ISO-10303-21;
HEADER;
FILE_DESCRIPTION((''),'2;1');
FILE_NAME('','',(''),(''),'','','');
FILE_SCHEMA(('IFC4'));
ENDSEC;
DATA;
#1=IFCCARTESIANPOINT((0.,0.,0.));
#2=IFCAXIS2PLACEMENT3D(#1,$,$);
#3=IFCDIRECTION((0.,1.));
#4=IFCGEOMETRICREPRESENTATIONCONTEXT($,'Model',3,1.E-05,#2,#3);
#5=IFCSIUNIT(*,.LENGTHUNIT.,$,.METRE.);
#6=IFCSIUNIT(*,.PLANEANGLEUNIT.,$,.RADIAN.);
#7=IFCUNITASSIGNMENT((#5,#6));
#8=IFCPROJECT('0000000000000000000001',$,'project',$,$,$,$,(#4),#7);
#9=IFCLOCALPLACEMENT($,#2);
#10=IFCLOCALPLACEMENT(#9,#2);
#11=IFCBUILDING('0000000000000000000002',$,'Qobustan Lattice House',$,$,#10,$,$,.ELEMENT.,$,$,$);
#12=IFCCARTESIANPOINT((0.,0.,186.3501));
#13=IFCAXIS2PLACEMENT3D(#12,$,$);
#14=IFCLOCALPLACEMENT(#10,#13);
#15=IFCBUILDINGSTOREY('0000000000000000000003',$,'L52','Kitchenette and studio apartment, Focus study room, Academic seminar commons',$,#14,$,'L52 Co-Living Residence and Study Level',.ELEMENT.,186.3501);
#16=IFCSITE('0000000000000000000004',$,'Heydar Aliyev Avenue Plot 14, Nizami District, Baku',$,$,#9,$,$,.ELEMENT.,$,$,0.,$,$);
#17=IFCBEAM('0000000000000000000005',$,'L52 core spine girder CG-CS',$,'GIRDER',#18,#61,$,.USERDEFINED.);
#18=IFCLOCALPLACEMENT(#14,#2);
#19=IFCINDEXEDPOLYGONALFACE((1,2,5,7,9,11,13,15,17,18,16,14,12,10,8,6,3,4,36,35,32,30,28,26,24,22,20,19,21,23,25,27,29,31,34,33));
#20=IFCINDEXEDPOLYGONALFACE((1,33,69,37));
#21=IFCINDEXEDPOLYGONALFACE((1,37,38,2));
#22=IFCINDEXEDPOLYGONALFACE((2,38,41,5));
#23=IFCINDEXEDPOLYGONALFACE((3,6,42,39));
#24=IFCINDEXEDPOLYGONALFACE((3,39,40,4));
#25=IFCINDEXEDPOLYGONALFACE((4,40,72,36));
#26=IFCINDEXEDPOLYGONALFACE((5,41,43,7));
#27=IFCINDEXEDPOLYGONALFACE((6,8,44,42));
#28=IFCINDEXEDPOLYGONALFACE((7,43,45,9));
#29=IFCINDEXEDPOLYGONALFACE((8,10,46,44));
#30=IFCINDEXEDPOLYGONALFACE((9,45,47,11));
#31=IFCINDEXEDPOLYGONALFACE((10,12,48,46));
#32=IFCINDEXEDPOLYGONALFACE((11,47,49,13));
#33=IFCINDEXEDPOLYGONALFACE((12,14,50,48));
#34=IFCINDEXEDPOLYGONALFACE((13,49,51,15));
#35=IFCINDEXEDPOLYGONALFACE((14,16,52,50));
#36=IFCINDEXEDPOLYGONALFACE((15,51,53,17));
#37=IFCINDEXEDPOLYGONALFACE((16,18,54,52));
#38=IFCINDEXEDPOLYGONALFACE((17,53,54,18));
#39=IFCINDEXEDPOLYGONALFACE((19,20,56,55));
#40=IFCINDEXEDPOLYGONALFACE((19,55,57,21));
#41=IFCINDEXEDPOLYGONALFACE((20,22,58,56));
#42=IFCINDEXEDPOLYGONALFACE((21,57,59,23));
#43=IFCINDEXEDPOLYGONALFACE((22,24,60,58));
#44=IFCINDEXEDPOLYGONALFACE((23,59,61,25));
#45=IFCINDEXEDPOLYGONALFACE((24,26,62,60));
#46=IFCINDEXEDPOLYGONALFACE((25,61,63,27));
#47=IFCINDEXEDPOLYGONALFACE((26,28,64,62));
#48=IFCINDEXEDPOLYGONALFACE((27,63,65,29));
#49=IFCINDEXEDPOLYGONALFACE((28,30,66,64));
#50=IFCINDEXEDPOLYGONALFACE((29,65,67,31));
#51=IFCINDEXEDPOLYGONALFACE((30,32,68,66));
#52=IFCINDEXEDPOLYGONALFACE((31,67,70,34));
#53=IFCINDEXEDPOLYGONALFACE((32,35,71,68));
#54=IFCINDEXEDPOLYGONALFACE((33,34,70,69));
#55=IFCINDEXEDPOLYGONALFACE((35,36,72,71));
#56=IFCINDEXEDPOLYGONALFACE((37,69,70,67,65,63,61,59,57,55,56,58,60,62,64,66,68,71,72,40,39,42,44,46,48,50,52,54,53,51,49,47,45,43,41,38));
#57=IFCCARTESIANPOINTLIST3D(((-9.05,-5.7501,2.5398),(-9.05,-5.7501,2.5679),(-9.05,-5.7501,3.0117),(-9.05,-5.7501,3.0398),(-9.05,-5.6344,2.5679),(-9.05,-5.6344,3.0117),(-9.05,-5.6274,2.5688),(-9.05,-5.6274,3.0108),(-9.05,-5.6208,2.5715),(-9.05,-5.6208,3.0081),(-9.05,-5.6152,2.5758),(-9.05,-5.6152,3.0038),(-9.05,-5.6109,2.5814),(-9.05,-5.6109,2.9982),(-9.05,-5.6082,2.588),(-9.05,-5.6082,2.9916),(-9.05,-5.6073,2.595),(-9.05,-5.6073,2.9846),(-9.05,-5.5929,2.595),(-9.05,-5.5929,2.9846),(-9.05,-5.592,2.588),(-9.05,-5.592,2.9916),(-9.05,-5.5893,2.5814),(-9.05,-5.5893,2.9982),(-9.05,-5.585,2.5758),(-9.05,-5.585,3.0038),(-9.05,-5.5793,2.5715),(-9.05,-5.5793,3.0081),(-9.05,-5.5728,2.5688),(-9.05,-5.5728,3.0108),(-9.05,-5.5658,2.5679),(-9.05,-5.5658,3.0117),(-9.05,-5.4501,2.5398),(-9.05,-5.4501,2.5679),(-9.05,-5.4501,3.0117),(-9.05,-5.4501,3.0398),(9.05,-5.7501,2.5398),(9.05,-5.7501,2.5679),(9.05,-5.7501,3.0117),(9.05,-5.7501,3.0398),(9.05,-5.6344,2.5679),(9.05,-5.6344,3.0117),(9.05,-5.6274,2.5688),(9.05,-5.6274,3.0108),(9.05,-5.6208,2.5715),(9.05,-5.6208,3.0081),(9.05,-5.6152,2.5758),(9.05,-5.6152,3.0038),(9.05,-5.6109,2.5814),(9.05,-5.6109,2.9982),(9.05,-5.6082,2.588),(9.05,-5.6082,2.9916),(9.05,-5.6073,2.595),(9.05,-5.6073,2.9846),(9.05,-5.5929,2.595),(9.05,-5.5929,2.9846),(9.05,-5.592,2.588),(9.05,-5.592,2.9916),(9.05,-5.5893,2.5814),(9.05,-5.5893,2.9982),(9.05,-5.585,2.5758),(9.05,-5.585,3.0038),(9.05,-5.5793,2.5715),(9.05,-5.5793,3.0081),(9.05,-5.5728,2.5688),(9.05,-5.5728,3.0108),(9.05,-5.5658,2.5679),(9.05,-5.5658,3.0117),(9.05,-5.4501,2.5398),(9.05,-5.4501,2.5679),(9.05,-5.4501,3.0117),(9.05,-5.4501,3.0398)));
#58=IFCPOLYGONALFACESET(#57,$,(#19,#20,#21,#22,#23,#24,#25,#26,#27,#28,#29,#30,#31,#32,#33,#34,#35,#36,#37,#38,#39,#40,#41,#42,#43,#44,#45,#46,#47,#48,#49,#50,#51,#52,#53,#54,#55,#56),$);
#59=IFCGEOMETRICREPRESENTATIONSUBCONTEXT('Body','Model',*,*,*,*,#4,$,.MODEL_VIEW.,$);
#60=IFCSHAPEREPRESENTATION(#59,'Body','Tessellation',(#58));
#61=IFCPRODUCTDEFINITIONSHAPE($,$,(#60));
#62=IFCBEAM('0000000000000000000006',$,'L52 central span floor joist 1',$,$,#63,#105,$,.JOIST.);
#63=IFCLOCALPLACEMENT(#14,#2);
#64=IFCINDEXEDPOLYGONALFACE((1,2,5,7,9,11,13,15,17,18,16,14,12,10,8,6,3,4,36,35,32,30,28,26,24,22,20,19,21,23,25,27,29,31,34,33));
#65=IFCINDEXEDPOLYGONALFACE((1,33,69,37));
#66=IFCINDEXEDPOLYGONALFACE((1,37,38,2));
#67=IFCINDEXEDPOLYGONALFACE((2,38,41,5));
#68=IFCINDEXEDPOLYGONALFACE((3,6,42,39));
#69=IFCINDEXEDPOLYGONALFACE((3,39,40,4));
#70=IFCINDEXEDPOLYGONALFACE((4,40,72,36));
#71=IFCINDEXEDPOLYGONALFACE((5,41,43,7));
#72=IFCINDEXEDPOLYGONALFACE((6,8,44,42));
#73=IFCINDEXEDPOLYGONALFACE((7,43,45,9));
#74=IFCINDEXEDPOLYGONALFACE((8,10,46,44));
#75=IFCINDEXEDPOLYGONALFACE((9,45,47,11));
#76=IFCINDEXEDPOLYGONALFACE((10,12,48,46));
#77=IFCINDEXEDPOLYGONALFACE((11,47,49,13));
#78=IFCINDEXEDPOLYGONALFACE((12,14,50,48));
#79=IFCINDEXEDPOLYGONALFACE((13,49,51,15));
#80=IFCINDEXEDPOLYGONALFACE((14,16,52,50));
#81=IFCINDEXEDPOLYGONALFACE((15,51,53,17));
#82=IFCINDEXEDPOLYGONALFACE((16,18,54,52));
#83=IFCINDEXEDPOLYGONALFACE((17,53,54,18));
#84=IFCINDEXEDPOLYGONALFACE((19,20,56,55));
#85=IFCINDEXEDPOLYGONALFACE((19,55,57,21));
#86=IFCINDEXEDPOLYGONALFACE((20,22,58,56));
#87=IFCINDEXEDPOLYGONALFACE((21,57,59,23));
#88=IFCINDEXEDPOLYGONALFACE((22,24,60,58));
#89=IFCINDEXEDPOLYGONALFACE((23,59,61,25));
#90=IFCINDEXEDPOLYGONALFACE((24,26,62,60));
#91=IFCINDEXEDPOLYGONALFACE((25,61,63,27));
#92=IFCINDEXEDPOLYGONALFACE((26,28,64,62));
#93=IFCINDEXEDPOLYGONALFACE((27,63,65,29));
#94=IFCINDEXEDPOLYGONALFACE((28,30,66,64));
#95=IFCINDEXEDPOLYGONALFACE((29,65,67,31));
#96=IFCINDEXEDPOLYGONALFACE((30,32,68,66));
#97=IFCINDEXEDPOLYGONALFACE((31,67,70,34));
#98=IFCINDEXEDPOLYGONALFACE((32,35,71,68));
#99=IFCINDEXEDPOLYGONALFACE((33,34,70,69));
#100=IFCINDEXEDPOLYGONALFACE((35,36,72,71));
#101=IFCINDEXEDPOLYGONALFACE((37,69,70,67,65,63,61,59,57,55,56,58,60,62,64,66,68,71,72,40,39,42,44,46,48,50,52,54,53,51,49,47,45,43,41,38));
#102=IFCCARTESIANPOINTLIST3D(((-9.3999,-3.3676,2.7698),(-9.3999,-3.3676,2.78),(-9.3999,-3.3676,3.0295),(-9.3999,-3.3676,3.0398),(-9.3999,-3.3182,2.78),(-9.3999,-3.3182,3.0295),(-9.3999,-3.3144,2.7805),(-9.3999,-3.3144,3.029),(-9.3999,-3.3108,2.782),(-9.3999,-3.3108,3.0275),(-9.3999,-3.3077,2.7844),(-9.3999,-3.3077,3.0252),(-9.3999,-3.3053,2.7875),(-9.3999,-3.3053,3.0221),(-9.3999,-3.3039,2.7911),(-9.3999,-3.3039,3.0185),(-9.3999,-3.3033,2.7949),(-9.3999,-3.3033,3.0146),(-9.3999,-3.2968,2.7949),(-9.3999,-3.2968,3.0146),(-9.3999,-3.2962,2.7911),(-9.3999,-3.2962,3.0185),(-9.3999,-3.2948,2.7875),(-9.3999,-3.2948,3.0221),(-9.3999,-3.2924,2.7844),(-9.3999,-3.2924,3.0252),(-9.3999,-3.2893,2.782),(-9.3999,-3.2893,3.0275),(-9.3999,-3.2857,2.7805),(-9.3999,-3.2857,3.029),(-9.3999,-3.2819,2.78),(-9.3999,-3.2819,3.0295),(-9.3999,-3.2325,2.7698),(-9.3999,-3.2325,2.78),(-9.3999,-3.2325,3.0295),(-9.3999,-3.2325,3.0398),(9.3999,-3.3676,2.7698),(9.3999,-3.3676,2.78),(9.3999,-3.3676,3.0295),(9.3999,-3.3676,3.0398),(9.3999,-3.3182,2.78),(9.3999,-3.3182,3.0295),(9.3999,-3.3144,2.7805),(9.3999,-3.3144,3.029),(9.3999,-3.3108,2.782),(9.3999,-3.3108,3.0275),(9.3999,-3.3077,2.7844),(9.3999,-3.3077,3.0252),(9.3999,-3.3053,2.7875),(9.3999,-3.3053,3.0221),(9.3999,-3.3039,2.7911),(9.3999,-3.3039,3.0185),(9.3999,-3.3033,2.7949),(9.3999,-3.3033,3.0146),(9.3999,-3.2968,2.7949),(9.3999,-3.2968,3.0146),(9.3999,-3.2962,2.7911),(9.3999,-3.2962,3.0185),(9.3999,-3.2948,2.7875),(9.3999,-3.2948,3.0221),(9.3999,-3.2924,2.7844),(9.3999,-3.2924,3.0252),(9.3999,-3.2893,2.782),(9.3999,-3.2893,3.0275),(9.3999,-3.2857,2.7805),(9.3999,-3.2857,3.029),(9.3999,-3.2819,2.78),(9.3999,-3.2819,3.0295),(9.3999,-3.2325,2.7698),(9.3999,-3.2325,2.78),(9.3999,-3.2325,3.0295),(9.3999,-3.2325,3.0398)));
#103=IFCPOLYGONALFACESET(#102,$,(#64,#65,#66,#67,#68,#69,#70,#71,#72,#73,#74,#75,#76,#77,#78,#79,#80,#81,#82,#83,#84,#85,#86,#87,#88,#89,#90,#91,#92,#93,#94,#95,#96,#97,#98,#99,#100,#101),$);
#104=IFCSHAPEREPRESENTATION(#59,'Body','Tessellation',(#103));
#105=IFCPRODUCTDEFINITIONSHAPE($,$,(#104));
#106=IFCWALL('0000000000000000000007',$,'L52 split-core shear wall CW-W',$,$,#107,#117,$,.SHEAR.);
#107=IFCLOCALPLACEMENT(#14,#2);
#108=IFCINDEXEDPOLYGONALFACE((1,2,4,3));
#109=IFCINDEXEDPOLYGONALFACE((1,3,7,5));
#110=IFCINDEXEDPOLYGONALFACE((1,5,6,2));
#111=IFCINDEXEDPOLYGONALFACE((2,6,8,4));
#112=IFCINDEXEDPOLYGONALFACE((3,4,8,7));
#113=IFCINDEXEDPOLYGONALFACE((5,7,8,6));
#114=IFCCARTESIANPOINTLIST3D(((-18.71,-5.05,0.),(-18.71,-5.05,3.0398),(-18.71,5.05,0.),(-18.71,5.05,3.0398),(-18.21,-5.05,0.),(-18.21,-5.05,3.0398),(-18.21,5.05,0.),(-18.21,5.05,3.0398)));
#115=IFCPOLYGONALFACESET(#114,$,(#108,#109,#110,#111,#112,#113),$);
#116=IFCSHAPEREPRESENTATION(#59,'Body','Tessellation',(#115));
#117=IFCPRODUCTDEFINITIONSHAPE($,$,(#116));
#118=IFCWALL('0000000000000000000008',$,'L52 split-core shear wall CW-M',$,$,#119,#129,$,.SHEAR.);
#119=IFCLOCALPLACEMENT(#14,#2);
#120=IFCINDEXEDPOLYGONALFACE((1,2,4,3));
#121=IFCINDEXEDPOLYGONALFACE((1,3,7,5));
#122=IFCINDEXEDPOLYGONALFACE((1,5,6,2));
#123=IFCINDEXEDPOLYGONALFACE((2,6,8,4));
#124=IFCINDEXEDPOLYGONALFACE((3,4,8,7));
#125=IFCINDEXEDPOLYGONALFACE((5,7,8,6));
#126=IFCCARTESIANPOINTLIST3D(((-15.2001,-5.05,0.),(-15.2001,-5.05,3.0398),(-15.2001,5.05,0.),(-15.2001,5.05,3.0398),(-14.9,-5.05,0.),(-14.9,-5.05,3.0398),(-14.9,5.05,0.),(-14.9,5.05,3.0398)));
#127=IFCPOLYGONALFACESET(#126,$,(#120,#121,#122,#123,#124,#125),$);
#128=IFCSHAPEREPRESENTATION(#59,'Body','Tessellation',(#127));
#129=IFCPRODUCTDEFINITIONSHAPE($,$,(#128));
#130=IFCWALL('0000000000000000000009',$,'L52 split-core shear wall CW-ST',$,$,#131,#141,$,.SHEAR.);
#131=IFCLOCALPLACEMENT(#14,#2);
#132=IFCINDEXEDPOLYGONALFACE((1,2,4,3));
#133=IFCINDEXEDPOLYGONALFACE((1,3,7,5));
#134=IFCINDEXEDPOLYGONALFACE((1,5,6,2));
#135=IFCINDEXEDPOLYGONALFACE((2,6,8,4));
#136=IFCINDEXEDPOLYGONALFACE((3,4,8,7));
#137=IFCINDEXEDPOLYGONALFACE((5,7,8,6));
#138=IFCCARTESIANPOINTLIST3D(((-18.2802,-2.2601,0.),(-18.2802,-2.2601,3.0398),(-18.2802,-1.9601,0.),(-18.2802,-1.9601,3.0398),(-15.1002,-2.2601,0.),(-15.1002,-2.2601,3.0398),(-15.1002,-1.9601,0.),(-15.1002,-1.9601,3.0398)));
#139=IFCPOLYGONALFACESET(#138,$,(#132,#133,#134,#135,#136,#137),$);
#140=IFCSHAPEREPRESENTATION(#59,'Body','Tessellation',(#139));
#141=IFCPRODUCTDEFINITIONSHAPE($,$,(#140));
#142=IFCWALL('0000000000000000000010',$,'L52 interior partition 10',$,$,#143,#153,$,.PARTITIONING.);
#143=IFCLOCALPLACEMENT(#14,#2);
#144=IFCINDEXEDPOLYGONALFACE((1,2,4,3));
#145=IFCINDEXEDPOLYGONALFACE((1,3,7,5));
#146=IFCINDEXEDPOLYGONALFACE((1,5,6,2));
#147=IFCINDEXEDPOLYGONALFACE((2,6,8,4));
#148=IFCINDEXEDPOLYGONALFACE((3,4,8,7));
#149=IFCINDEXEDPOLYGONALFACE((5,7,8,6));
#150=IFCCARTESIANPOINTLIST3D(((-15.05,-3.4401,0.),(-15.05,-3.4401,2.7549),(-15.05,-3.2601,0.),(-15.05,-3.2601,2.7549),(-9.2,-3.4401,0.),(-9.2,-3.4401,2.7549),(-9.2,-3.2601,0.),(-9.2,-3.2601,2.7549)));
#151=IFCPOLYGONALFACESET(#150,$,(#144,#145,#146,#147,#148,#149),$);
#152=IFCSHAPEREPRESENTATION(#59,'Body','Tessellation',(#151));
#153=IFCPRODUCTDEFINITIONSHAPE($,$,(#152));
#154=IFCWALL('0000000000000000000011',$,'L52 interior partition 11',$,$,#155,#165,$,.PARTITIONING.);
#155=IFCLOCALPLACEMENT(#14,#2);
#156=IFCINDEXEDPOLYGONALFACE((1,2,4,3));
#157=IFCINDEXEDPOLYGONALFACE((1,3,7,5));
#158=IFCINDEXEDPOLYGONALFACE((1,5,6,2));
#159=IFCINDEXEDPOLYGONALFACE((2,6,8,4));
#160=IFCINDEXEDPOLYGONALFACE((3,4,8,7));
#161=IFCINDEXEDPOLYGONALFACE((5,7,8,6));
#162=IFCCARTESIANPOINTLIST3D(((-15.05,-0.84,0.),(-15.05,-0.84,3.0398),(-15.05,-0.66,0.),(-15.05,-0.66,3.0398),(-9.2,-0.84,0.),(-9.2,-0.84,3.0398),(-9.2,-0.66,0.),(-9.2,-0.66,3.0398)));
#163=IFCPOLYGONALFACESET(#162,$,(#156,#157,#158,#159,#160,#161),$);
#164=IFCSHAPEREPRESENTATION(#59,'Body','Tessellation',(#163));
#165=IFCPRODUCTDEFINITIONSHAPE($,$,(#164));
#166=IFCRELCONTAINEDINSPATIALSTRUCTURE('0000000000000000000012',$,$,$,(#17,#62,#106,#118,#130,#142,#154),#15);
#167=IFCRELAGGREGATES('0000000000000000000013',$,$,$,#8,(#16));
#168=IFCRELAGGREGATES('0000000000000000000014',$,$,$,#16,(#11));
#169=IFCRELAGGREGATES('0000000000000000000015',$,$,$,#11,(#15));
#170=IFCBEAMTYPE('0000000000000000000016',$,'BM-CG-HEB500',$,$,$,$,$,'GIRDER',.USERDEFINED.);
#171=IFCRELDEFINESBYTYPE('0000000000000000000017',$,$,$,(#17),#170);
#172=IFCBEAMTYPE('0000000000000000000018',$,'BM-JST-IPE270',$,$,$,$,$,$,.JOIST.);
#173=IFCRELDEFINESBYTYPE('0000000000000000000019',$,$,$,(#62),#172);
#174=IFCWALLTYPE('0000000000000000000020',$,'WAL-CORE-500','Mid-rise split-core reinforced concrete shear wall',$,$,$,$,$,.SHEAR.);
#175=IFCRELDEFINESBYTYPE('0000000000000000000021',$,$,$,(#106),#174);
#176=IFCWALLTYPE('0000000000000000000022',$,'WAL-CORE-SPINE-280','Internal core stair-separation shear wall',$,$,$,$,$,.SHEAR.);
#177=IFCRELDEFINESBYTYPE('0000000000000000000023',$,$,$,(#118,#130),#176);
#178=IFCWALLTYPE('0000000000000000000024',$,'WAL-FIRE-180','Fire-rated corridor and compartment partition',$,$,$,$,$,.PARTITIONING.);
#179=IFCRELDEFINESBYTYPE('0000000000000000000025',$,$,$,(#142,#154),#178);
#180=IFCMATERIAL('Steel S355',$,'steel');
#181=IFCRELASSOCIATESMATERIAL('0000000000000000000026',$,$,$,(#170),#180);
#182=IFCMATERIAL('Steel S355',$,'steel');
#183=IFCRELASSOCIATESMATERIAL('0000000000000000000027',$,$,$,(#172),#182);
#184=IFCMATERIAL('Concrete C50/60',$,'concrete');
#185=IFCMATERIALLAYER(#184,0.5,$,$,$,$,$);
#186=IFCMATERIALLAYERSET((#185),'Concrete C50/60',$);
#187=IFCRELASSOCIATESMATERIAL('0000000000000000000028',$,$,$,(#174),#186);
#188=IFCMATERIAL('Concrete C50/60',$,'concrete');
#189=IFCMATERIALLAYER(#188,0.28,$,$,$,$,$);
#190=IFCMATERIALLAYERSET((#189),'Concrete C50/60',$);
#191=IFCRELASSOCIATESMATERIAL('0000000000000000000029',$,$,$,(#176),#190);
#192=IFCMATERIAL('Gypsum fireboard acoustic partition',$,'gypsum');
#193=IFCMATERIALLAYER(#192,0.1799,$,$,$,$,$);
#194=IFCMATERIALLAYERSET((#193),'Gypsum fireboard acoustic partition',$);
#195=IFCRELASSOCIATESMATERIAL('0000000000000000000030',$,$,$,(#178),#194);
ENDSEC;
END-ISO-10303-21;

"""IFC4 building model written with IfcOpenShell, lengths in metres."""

from ifc_helpers import new_model, si_unit, direction, frame, frame_2d, origin, origin_2d, place, context, subcontext, project, spatial, rectangle, i_section, extrude, material, layer, layer_set, material_profile, profile_set, type_object, element, save


model = new_model("IFC4")

# Units and contexts
model_context = context("Model", 3, precision=1e-05, world=origin(), true_north=direction((0.0, 1.0)))
body_context = subcontext(model_context, "Body", "Model", "MODEL_VIEW")
ifc_project = project(units=[si_unit("LENGTHUNIT", "METRE"), si_unit("PLANEANGLEUNIT", "RADIAN")], contexts=[model_context])

# Site, building, storey
site_placement = place(None, origin())
site = spatial("IfcSite", under=ifc_project, at=site_placement, Name="Heydar Aliyev Avenue Plot 14, Nizami District, Baku", CompositionType="ELEMENT", RefElevation=0.0)
building_placement = place(site_placement, origin())
building = spatial("IfcBuilding", under=site, at=building_placement, Name="Qobustan Lattice House", CompositionType="ELEMENT")
storey_placement = place(building_placement, frame((0.0, 0.0, 186.3501)))
storey = spatial("IfcBuildingStorey", under=building, at=storey_placement, Name="L52", Description="Kitchenette and studio apartment, Focus study room, Academic seminar commons", LongName="L52 Co-Living Residence and Study Level", CompositionType="ELEMENT", Elevation=186.3501)

# Beams
ifc_material_1 = material(Name="Steel S355", Category="steel")
ifc_material_profile_1 = material_profile(ifc_material_1, i_section(OverallWidth=0.3, OverallDepth=0.5, WebThickness=0.0144, FlangeThickness=0.0281, FilletRadius=0.0271, at=origin_2d()), Name="HEB500")
ifc_profile_set_1 = profile_set([ifc_material_profile_1], Name="Steel S355")
beam_type_1 = type_object("IfcBeamType", Name="BM-CG-HEB500", ElementType="GIRDER", PredefinedType="USERDEFINED", material=ifc_profile_set_1)
beam_1_placement = place(storey_placement, frame((-9.05, -5.6001, 2.7898), z_axis=(1.0, 0.0, 0.0), x_axis=(0.0, 1.0, 0.0)))
element("IfcBeam", 1, at=beam_1_placement, inside=storey, type_object=beam_type_1, Name="L52 core spine girder CG-CS", ObjectType="GIRDER", PredefinedType="USERDEFINED", context=body_context, shape_type="SweptSolid", body=[
    extrude(i_section(OverallWidth=0.3, OverallDepth=0.5, WebThickness=0.0144, FlangeThickness=0.0281, FilletRadius=0.0271, at=origin_2d()), origin(), (0.0, 0.0, 1.0), 18.1001),
])
ifc_material_2 = material(Name="Steel S355", Category="steel")
ifc_material_profile_2 = material_profile(ifc_material_2, i_section(OverallWidth=0.135, OverallDepth=0.27, WebThickness=0.0066, FlangeThickness=0.0103, FilletRadius=0.0149, at=origin_2d()), Name="IPE270")
ifc_profile_set_2 = profile_set([ifc_material_profile_2], Name="Steel S355")
beam_type_2 = type_object("IfcBeamType", Name="BM-JST-IPE270", PredefinedType="JOIST", material=ifc_profile_set_2)
beam_2_placement = place(storey_placement, frame((-9.3999, -3.3, 2.9048), z_axis=(1.0, 0.0, 0.0), x_axis=(0.0, 1.0, 0.0)))
element("IfcBeam", 2, at=beam_2_placement, inside=storey, type_object=beam_type_2, Name="L52 central span floor joist 1", PredefinedType="JOIST", context=body_context, shape_type="SweptSolid", body=[
    extrude(i_section(OverallWidth=0.135, OverallDepth=0.27, WebThickness=0.0066, FlangeThickness=0.0103, FilletRadius=0.0149, at=origin_2d()), origin(), (0.0, 0.0, 1.0), 18.7998),
])

# Wall
ifc_material_3 = material(Name="Concrete C50/60", Category="concrete")
ifc_layer_1 = layer(ifc_material_3, 0.5)
ifc_layer_set_1 = layer_set([ifc_layer_1], Name="Concrete C50/60")
wall_type_1 = type_object("IfcWallType", Name="WAL-CORE-500", Description="Mid-rise split-core reinforced concrete shear wall", PredefinedType="SHEAR", material=ifc_layer_set_1)
wall_1_placement = place(storey_placement, frame((-18.46, -5.05, 0.0), z_axis=(0.0, 0.0, 1.0), x_axis=(0.0, 1.0, 0.0)))
element("IfcWall", 3, at=wall_1_placement, inside=storey, type_object=wall_type_1, Name="L52 split-core shear wall CW-W", PredefinedType="SHEAR", context=body_context, shape_type="SweptSolid", body=[
    extrude(rectangle(XDim=10.1001, YDim=0.5, at=frame_2d((5.05, 0.0))), origin(), (0.0, 0.0, 1.0), 3.0398),
])

# Walls
ifc_material_4 = material(Name="Concrete C50/60", Category="concrete")
ifc_layer_2 = layer(ifc_material_4, 0.28)
ifc_layer_set_2 = layer_set([ifc_layer_2], Name="Concrete C50/60")
wall_type_2 = type_object("IfcWallType", Name="WAL-CORE-SPINE-280", Description="Internal core stair-separation shear wall", PredefinedType="SHEAR", material=ifc_layer_set_2)
wall_2_placement = place(storey_placement, frame((-15.05, -5.05, 0.0), z_axis=(0.0, 0.0, 1.0), x_axis=(0.0, 1.0, 0.0)))
element("IfcWall", 4, at=wall_2_placement, inside=storey, type_object=wall_type_2, Name="L52 split-core shear wall CW-M", PredefinedType="SHEAR", context=body_context, shape_type="SweptSolid", body=[
    extrude(rectangle(XDim=10.1001, YDim=0.3, at=frame_2d((5.05, 0.0))), origin(), (0.0, 0.0, 1.0), 3.0398),
])
wall_3_placement = place(storey_placement, frame((-18.28, -2.1101, 0.0), z_axis=(0.0, 0.0, 1.0), x_axis=(1.0, 0.0, 0.0)))
element("IfcWall", 5, at=wall_3_placement, inside=storey, type_object=wall_type_2, Name="L52 split-core shear wall CW-ST", PredefinedType="SHEAR", context=body_context, shape_type="SweptSolid", body=[
    extrude(rectangle(XDim=3.1799, YDim=0.3, at=frame_2d((1.5898, 0.0))), origin(), (0.0, 0.0, 1.0), 3.0398),
])
ifc_material_5 = material(Name="Gypsum fireboard acoustic partition", Category="gypsum")
ifc_layer_3 = layer(ifc_material_5, 0.1799)
ifc_layer_set_3 = layer_set([ifc_layer_3], Name="Gypsum fireboard acoustic partition")
wall_type_3 = type_object("IfcWallType", Name="WAL-FIRE-180", Description="Fire-rated corridor and compartment partition", PredefinedType="PARTITIONING", material=ifc_layer_set_3)
wall_4_placement = place(storey_placement, frame((-15.05, -3.3501, 0.0), z_axis=(0.0, 0.0, 1.0), x_axis=(1.0, 0.0, 0.0)))
element("IfcWall", 6, at=wall_4_placement, inside=storey, type_object=wall_type_3, Name="L52 interior partition 10", PredefinedType="PARTITIONING", context=body_context, shape_type="SweptSolid", body=[
    extrude(rectangle(XDim=5.8501, YDim=0.1799, at=frame_2d((2.925, 0.0))), origin(), (0.0, 0.0, 1.0), 2.7549),
])
wall_5_placement = place(storey_placement, frame((-9.2, -0.75, 0.0), z_axis=(0.0, 0.0, 1.0), x_axis=(-1.0, 0.0, 0.0)))
element("IfcWall", 7, at=wall_5_placement, inside=storey, type_object=wall_type_3, Name="L52 interior partition 11", PredefinedType="PARTITIONING", context=body_context, shape_type="SweptSolid", body=[
    extrude(rectangle(XDim=5.8501, YDim=0.1799, at=frame_2d((2.925, 0.0))), origin(), (0.0, 0.0, 1.0), 3.0398),
])

save(model, "model.ifc")
